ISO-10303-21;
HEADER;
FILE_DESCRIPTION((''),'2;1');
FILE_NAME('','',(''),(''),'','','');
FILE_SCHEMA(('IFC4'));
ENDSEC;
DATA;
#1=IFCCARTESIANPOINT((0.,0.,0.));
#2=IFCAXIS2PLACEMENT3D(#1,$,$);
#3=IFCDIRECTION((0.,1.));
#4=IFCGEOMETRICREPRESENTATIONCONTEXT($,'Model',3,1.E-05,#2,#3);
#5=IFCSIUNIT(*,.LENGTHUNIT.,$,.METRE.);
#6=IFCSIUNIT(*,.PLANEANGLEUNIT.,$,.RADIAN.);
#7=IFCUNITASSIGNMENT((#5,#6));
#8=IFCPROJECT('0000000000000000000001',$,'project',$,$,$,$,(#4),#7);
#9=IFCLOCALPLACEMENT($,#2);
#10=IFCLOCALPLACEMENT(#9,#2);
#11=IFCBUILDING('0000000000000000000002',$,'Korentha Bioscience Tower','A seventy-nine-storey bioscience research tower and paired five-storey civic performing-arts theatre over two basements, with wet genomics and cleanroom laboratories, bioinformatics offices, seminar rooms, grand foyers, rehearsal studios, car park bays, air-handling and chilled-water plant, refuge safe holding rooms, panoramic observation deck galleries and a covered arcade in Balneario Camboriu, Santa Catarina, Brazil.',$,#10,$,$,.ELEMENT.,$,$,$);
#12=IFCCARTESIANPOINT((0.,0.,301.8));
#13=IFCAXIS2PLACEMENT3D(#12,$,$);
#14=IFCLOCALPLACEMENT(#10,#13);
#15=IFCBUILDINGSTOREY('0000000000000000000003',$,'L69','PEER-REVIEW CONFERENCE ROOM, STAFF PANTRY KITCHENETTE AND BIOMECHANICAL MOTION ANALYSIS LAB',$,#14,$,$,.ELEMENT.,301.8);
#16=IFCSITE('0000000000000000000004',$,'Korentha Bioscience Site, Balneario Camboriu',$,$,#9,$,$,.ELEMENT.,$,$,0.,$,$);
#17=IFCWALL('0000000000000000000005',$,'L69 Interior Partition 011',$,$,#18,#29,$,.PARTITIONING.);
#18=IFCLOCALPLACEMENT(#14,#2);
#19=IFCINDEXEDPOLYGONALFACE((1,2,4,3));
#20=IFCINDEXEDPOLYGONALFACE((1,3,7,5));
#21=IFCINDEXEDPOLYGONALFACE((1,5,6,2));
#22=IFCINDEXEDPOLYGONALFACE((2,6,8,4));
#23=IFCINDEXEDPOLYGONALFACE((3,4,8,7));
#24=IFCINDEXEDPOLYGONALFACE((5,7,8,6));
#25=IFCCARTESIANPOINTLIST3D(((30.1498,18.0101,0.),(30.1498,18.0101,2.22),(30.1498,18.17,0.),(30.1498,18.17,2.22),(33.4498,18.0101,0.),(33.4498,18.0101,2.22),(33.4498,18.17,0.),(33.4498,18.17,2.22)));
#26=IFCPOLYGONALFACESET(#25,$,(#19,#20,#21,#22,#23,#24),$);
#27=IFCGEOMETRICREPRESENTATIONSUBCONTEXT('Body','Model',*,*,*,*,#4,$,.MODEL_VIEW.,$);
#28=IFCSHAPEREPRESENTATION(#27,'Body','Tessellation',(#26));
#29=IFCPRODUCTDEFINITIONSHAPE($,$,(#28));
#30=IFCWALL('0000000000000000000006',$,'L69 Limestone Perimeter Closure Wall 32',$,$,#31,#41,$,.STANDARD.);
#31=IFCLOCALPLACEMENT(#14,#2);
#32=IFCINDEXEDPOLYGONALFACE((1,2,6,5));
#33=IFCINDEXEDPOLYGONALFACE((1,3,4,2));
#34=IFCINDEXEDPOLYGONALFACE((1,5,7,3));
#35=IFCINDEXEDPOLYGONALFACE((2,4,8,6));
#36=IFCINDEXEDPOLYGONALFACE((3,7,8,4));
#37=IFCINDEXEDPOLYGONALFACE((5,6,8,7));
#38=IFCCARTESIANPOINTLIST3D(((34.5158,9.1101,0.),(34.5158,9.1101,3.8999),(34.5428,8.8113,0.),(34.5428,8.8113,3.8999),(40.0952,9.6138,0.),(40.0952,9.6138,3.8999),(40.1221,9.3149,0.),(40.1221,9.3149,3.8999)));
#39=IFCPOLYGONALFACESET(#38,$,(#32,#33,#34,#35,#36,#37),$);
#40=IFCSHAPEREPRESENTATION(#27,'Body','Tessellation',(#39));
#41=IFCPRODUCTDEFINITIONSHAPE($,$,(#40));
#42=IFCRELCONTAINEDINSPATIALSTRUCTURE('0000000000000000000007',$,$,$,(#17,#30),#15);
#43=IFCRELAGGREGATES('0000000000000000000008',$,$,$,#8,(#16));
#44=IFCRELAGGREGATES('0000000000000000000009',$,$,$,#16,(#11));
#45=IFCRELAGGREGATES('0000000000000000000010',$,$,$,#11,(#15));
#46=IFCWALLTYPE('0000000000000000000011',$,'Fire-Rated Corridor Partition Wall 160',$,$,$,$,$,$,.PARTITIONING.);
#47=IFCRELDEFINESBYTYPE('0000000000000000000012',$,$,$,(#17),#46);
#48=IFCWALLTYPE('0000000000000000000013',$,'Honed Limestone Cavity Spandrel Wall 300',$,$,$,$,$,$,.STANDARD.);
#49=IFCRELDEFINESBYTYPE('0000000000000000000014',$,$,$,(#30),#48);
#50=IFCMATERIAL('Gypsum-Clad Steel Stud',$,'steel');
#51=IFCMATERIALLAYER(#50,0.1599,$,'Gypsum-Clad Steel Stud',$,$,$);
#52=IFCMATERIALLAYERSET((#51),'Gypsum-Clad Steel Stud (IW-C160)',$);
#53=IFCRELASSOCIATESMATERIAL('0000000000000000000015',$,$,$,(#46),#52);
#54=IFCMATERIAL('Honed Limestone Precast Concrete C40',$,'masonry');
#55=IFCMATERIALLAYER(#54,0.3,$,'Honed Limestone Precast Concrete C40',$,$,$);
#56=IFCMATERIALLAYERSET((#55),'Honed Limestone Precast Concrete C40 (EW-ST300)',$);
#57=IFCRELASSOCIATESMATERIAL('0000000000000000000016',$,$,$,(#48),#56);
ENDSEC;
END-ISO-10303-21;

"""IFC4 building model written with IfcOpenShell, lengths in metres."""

from ifc_helpers import new_model, si_unit, direction, frame, frame_2d, origin, place, context, subcontext, project, spatial, rectangle, extrude, material, layer, layer_set, type_object, element, save


model = new_model("IFC4")

# Units and contexts
model_context = context("Model", 3, precision=1e-05, world=origin(), true_north=direction((0.0, 1.0)))
body_context = subcontext(model_context, "Body", "Model", "MODEL_VIEW")
ifc_project = project(units=[si_unit("LENGTHUNIT", "METRE"), si_unit("PLANEANGLEUNIT", "RADIAN")], contexts=[model_context])

# Site, building, storey
site_placement = place(None, origin())
site = spatial("IfcSite", under=ifc_project, at=site_placement, Name="Korentha Bioscience Site, Balneario Camboriu", CompositionType="ELEMENT", RefElevation=0.0)
building_placement = place(site_placement, origin())
building = spatial("IfcBuilding", under=site, at=building_placement, Name="Korentha Bioscience Tower", Description="A seventy-nine-storey bioscience research tower and paired five-storey civic performing-arts theatre over two basements, with wet genomics and cleanroom laboratories, bioinformatics offices, seminar rooms, grand foyers, rehearsal studios, car park bays, air-handling and chilled-water plant, refuge safe holding rooms, panoramic observation deck galleries and a covered arcade in Balneario Camboriu, Santa Catarina, Brazil.", CompositionType="ELEMENT")
storey_placement = place(building_placement, frame((0.0, 0.0, 301.8)))
storey = spatial("IfcBuildingStorey", under=building, at=storey_placement, Name="L69", Description="PEER-REVIEW CONFERENCE ROOM, STAFF PANTRY KITCHENETTE AND BIOMECHANICAL MOTION ANALYSIS LAB", CompositionType="ELEMENT", Elevation=301.8)

# Shared definitions
ifc_material_1 = material(Name="Gypsum-Clad Steel Stud", Category="steel")
ifc_layer_1 = layer(ifc_material_1, 0.1599, Name="Gypsum-Clad Steel Stud")
ifc_layer_set_1 = layer_set([ifc_layer_1], Name="Gypsum-Clad Steel Stud (IW-C160)")
wall_type_1 = type_object("IfcWallType", Name="Fire-Rated Corridor Partition Wall 160", PredefinedType="PARTITIONING", material=ifc_layer_set_1)

# Walls
wall_1_placement = place(storey_placement, frame((30.1499, 18.0901, 0.0), z_axis=(0.0, 0.0, 1.0), x_axis=(1.0, 0.0, 0.0)))
element("IfcWall", 1, at=wall_1_placement, inside=storey, type_object=wall_type_1, Name="L69 Interior Partition 011", PredefinedType="PARTITIONING", context=body_context, shape_type="SweptSolid", body=[
    extrude(rectangle(XDim=3.3, YDim=0.1599, at=frame_2d((1.6499, 0.0))), origin(), (0.0, 0.0, 1.0), 2.22),
])
ifc_material_2 = material(Name="Honed Limestone Precast Concrete C40", Category="masonry")
ifc_layer_2 = layer(ifc_material_2, 0.3, Name="Honed Limestone Precast Concrete C40")
ifc_layer_set_2 = layer_set([ifc_layer_2], Name="Honed Limestone Precast Concrete C40 (EW-ST300)")
wall_type_2 = type_object("IfcWallType", Name="Honed Limestone Cavity Spandrel Wall 300", PredefinedType="STANDARD", material=ifc_layer_set_2)
wall_2_placement = place(storey_placement, frame((34.5293, 8.9607, 0.0), z_axis=(0.0, 0.0, 1.0), x_axis=(0.99595, 0.089907, 0.0)))
element("IfcWall", 2, at=wall_2_placement, inside=storey, type_object=wall_type_2, Name="L69 Limestone Perimeter Closure Wall 32", PredefinedType="STANDARD", context=body_context, shape_type="SweptSolid", body=[
    extrude(rectangle(XDim=5.6021, YDim=0.3, at=frame_2d((2.801, 0.0))), origin(), (0.0, 0.0, 1.0), 3.8999),
])

save(model, "model.ifc")
